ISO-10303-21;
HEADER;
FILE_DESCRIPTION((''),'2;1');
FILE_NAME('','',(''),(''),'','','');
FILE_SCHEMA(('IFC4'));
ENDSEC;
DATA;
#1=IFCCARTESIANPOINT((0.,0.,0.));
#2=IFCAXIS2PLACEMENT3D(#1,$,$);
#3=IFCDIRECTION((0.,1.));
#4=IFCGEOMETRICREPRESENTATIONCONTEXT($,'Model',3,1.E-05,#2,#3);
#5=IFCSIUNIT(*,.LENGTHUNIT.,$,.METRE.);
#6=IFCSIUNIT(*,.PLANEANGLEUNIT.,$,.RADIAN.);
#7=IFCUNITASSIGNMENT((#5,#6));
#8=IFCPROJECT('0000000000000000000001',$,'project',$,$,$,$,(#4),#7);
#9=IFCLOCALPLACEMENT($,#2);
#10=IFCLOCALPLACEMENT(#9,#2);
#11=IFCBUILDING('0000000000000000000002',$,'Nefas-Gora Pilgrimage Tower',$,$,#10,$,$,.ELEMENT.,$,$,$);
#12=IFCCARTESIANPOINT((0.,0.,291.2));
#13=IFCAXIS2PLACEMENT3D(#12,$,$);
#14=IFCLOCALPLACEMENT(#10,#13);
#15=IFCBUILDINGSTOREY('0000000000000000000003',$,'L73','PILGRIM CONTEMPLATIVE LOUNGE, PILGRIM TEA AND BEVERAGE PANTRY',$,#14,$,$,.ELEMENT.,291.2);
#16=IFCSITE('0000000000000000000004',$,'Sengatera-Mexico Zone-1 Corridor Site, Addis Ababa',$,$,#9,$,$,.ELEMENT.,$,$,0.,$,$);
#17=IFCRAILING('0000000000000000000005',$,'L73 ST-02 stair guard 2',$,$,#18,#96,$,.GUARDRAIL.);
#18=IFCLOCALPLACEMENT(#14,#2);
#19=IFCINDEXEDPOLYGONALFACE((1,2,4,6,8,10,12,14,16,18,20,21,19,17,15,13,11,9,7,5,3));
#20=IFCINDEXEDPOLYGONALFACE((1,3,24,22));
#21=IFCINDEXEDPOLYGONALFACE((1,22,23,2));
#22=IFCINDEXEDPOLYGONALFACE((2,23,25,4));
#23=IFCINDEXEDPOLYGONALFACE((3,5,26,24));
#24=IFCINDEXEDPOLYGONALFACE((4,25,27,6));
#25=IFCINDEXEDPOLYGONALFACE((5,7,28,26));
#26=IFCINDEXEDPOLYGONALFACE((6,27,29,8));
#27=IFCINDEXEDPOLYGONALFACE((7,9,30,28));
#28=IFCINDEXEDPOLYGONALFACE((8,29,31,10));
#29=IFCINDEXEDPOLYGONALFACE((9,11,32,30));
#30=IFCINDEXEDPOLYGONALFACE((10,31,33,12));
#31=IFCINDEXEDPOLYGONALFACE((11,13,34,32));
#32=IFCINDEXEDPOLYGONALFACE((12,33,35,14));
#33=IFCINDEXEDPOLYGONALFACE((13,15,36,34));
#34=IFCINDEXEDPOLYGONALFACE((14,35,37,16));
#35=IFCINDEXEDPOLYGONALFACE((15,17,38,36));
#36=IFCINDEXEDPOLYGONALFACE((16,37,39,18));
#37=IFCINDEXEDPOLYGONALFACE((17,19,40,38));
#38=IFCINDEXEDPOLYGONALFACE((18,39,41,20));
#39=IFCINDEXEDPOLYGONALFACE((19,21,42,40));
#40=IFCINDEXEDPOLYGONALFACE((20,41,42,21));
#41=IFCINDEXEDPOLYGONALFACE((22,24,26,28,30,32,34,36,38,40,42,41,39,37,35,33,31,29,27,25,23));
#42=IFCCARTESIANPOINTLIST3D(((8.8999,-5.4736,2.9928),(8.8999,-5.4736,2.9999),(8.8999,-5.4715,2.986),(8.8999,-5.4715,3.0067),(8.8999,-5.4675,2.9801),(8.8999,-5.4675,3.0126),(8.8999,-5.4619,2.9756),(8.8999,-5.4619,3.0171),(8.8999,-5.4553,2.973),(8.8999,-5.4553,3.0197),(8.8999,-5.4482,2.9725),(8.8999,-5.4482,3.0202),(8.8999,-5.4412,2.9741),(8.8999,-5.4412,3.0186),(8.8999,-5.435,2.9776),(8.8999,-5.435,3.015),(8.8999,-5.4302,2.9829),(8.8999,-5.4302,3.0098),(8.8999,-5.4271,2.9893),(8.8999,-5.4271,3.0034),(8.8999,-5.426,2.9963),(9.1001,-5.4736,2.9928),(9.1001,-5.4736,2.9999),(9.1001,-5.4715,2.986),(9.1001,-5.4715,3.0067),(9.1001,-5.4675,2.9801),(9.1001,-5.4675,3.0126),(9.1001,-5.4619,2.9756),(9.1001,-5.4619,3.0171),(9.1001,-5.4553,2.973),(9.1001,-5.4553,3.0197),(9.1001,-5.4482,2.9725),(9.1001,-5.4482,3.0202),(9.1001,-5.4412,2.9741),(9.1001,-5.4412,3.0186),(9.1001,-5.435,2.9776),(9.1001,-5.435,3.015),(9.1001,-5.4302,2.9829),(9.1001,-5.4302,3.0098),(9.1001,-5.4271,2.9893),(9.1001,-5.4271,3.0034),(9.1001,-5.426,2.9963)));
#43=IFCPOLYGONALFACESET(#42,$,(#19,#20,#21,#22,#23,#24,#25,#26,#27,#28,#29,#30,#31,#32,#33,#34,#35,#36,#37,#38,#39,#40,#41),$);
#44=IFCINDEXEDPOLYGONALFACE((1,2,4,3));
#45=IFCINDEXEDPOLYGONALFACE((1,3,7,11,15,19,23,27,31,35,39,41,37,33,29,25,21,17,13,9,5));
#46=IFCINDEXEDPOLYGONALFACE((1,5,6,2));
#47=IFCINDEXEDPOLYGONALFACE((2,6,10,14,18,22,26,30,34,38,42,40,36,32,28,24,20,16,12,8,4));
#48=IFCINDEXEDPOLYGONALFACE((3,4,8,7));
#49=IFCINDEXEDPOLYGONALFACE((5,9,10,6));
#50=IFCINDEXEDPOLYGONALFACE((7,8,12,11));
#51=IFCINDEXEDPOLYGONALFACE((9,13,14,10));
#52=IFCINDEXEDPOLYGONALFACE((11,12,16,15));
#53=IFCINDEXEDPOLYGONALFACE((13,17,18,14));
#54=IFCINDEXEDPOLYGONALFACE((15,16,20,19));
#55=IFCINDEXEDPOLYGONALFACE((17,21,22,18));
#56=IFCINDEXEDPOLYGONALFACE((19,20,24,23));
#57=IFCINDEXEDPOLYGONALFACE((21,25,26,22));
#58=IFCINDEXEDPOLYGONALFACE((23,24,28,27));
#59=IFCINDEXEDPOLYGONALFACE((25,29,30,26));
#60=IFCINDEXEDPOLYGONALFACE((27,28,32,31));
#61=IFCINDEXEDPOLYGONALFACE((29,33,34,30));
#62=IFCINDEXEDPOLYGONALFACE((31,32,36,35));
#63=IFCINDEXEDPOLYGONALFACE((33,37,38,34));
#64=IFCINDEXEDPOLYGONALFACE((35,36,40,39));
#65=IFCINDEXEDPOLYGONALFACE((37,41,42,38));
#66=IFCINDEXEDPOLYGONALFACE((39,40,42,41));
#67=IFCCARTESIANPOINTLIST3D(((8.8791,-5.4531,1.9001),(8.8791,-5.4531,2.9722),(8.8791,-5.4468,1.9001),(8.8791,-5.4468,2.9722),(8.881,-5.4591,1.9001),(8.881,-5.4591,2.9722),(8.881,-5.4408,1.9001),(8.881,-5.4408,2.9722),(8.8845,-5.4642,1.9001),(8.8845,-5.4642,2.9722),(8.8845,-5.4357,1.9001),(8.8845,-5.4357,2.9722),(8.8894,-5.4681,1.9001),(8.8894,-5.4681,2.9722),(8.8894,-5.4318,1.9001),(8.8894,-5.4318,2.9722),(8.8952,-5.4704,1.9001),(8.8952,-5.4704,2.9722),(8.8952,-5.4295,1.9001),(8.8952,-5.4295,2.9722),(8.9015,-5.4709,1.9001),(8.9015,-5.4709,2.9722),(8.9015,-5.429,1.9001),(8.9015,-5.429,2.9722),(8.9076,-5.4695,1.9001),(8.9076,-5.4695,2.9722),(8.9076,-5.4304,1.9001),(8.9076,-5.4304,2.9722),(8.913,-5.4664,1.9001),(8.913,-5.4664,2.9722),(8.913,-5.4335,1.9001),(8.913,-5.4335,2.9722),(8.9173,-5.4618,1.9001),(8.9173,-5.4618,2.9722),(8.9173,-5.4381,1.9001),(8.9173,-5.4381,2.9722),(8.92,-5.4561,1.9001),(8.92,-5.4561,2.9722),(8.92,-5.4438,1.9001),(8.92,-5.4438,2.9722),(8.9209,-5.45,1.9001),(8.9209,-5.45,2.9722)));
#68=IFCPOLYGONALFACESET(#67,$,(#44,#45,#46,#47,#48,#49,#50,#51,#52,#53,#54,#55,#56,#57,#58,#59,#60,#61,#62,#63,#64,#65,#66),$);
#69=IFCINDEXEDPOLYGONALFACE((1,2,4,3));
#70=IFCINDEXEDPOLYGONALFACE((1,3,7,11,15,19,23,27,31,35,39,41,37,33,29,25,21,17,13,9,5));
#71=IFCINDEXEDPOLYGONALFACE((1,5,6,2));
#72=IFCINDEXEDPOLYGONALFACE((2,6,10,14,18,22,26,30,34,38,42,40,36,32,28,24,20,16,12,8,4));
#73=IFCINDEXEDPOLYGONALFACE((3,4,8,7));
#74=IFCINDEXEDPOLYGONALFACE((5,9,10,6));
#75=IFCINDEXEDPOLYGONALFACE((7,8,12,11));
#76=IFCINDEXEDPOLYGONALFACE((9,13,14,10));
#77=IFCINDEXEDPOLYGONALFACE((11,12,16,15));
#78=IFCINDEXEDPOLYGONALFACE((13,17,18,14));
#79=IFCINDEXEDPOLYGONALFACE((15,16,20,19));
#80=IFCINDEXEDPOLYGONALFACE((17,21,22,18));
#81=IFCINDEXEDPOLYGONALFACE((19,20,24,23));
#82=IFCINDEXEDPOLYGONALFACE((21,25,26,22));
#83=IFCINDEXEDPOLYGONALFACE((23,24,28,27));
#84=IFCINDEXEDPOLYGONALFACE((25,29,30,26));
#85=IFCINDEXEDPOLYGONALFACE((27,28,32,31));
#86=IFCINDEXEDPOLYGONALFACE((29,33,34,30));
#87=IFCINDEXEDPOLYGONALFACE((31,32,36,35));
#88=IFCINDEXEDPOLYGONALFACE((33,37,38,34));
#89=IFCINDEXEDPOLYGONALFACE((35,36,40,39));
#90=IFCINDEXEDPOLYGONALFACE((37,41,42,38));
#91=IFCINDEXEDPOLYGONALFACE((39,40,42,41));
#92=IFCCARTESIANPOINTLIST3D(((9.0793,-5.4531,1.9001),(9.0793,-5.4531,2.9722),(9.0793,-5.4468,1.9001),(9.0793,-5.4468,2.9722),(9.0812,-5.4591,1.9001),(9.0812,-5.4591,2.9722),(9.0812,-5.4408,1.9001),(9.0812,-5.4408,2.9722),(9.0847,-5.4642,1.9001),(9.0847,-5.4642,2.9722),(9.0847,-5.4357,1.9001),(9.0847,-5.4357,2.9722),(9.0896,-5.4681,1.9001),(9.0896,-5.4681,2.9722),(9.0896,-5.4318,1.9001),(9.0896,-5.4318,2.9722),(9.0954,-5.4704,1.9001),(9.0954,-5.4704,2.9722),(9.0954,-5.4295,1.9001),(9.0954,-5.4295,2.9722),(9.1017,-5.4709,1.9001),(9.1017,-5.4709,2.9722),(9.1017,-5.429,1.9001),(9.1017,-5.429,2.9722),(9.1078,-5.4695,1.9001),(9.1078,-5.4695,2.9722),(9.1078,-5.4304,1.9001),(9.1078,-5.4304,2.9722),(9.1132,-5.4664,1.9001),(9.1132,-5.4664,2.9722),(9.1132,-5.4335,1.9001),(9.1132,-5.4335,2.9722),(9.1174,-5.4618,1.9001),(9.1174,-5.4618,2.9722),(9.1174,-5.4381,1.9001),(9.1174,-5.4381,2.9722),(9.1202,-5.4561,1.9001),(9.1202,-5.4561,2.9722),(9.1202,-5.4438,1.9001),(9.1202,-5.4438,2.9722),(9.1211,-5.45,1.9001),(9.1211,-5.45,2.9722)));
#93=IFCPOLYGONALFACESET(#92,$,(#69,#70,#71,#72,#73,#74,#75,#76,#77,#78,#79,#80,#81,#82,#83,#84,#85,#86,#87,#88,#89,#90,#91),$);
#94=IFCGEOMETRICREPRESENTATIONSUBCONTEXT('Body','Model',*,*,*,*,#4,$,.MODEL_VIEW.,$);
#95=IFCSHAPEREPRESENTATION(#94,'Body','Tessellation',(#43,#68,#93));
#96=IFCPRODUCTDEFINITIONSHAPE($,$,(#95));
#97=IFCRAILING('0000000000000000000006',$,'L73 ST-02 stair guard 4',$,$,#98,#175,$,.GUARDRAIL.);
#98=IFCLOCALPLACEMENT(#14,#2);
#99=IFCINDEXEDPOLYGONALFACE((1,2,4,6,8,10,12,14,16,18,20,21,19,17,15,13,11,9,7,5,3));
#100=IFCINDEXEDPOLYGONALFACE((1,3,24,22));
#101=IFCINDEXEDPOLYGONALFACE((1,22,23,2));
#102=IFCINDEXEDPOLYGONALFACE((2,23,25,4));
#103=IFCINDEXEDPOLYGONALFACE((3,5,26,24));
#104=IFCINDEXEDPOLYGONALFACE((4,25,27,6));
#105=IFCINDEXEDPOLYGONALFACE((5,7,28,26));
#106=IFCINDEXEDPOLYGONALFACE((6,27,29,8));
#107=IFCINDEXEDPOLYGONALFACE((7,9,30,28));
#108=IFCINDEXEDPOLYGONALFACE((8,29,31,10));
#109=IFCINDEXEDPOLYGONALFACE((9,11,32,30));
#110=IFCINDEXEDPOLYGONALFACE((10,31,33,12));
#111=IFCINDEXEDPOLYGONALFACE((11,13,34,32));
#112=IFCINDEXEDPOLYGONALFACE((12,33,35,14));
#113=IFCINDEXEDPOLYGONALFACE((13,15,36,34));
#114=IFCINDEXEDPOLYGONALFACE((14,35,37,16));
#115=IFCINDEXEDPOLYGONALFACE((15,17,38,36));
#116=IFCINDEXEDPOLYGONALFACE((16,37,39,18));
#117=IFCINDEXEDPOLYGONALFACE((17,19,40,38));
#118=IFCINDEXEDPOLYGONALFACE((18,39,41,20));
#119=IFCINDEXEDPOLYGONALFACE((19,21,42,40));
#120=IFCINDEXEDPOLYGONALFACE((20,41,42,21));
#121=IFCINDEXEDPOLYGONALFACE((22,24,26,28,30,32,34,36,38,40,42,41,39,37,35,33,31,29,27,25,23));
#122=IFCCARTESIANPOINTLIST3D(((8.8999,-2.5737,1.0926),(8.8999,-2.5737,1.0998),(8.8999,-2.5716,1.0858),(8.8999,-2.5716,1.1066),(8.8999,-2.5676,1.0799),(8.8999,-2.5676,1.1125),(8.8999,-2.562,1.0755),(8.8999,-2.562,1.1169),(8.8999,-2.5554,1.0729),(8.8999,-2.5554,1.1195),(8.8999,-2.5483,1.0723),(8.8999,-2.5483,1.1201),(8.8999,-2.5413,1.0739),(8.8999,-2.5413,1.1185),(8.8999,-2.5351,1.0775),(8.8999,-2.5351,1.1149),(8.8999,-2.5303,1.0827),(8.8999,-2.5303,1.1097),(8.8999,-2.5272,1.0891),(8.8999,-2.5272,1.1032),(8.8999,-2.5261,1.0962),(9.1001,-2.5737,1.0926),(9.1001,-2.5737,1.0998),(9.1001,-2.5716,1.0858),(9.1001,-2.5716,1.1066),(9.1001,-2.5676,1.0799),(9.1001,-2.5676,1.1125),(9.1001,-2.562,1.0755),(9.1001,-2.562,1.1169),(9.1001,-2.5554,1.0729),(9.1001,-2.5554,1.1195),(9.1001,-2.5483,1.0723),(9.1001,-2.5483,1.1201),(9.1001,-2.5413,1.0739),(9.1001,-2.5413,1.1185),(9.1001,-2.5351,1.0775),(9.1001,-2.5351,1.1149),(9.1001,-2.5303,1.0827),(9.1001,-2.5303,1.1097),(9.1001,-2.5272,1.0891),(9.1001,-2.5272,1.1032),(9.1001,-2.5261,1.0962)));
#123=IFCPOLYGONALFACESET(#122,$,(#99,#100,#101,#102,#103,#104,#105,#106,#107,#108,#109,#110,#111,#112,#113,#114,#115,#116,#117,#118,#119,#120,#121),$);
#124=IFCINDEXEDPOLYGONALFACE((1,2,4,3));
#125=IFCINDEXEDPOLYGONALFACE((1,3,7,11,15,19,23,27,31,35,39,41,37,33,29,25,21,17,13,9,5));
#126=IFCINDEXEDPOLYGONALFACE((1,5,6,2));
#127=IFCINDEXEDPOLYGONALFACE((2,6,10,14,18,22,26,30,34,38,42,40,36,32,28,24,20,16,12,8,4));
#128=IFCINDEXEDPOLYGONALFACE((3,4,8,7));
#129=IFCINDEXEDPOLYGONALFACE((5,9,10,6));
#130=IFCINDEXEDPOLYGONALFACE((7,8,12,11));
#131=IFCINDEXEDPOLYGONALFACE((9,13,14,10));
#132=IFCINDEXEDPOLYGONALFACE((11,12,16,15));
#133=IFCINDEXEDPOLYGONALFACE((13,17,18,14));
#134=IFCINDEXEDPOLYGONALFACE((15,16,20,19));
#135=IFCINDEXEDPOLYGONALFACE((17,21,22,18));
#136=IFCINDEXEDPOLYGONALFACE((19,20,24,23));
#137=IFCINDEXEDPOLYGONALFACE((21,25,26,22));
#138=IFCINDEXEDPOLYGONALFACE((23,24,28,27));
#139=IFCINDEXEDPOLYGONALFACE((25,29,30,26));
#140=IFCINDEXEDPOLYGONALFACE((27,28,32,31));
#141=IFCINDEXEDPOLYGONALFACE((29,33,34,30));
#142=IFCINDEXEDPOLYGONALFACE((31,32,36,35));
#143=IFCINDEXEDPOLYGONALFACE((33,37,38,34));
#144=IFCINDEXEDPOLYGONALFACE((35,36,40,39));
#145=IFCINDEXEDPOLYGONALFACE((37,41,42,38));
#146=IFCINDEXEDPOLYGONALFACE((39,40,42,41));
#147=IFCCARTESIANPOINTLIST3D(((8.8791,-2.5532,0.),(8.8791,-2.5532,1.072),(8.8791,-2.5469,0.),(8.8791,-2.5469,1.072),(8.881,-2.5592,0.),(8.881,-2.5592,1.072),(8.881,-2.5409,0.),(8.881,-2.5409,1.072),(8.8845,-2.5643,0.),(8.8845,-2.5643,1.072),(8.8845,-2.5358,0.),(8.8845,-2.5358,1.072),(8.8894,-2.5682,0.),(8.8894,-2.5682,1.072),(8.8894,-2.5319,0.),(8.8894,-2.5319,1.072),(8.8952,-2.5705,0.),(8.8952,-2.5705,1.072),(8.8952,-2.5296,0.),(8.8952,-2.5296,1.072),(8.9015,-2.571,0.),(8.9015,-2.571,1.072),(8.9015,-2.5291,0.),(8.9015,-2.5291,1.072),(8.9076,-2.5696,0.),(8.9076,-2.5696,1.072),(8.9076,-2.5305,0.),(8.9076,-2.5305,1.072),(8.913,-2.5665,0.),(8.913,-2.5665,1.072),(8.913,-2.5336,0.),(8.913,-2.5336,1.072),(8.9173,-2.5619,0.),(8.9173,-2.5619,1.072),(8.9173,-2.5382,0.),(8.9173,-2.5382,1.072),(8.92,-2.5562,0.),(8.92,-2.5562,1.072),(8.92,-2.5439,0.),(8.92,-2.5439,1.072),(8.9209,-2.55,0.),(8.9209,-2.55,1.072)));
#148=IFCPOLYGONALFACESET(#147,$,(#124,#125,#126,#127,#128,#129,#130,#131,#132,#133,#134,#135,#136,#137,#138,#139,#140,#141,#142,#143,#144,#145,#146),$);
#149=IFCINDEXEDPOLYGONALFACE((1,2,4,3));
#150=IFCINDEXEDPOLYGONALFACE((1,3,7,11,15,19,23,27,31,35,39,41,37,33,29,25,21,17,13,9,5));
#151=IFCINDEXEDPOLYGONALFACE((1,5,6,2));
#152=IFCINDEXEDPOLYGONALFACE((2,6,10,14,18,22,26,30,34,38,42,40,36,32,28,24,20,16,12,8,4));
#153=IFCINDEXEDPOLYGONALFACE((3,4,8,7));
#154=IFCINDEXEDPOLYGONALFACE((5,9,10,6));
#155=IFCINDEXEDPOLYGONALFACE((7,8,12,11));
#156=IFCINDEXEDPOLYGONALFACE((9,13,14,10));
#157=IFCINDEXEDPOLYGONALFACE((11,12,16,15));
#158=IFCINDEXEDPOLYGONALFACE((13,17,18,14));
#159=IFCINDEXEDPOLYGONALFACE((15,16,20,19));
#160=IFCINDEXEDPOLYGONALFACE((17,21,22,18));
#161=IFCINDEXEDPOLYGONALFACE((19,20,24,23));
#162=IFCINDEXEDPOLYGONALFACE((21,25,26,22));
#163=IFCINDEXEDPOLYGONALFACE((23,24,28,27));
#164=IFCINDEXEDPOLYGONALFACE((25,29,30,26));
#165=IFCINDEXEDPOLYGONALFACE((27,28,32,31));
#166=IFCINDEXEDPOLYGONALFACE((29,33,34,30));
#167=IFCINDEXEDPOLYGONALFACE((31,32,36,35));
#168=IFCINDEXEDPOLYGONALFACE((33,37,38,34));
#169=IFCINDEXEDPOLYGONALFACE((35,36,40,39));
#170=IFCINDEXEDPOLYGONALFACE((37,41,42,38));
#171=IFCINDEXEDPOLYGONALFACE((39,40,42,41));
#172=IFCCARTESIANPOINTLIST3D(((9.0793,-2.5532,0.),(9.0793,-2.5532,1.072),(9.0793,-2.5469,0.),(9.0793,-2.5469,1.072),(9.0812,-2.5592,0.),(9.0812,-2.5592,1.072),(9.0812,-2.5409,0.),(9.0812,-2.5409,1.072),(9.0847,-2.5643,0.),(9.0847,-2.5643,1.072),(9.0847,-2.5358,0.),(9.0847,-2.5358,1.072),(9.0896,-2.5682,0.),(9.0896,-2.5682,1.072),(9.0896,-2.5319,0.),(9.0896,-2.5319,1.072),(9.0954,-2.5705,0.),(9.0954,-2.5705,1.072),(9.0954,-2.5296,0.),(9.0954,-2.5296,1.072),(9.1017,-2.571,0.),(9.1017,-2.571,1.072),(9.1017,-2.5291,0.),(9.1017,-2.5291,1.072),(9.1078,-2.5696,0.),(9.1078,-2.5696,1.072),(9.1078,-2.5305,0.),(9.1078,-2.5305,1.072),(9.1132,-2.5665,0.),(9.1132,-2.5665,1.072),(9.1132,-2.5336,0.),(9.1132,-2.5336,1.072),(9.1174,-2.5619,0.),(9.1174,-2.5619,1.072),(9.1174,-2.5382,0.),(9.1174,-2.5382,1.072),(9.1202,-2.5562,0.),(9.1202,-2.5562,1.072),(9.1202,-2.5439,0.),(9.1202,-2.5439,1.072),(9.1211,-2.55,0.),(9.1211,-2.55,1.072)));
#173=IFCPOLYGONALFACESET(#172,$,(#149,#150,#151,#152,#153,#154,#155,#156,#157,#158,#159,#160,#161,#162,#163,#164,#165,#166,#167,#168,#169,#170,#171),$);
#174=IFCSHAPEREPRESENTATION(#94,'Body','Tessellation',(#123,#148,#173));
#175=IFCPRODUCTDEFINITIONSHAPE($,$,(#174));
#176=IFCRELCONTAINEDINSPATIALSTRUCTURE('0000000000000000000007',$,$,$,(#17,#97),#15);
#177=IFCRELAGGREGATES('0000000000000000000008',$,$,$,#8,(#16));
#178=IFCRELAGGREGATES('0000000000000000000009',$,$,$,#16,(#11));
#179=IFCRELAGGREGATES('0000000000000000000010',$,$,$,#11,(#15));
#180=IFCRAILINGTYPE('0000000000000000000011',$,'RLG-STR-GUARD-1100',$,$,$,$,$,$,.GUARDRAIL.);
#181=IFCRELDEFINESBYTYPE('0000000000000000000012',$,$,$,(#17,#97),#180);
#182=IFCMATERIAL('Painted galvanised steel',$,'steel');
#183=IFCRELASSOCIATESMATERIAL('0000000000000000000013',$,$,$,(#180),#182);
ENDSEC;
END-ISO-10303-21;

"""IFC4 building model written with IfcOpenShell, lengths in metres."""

from ifc_helpers import new_model, si_unit, direction, frame, origin, origin_2d, place, context, subcontext, project, spatial, circle, extrude, material, type_object, element, save


model = new_model("IFC4")

# Units and contexts
model_context = context("Model", 3, precision=1e-05, world=origin(), true_north=direction((0.0, 1.0)))
body_context = subcontext(model_context, "Body", "Model", "MODEL_VIEW")
ifc_project = project(units=[si_unit("LENGTHUNIT", "METRE"), si_unit("PLANEANGLEUNIT", "RADIAN")], contexts=[model_context])

# Site, building, storey
site_placement = place(None, origin())
site = spatial("IfcSite", under=ifc_project, at=site_placement, Name="Sengatera-Mexico Zone-1 Corridor Site, Addis Ababa", CompositionType="ELEMENT", RefElevation=0.0)
building_placement = place(site_placement, origin())
building = spatial("IfcBuilding", under=site, at=building_placement, Name="Nefas-Gora Pilgrimage Tower", CompositionType="ELEMENT")
storey_placement = place(building_placement, frame((0.0, 0.0, 291.2)))
storey = spatial("IfcBuildingStorey", under=building, at=storey_placement, Name="L73", Description="PILGRIM CONTEMPLATIVE LOUNGE, PILGRIM TEA AND BEVERAGE PANTRY", CompositionType="ELEMENT", Elevation=291.2)

# Railings
ifc_material_1 = material(Name="Painted galvanised steel", Category="steel")
railing_type_1 = type_object("IfcRailingType", Name="RLG-STR-GUARD-1100", PredefinedType="GUARDRAIL", material=ifc_material_1)
for number, where, name in (
    (1, (8.8999, -5.45, 1.9001), "L73 ST-02 stair guard 2"),
    (2, (8.8999, -2.55, 0.0), "L73 ST-02 stair guard 4"),
):
    element("IfcRailing", number, at=place(storey_placement, frame(where)), inside=storey, type_object=railing_type_1, Name=name, PredefinedType="GUARDRAIL", context=body_context, shape_type="SweptSolid", body=[
        extrude(circle(Radius=0.0239, at=origin_2d()), frame((0.0, 0.0, 1.0962), z_axis=(1.0, 0.0, 0.0), x_axis=(0.0, 1.0, 0.0)), (0.0, 0.0, 1.0), 0.2002),
        extrude(circle(Radius=0.021, at=origin_2d()), origin(), (0.0, 0.0, 1.0), 1.072),
        extrude(circle(Radius=0.021, at=origin_2d()), frame((0.2002, 0.0, 0.0)), (0.0, 0.0, 1.0), 1.072),
    ])

save(model, "model.ifc")
